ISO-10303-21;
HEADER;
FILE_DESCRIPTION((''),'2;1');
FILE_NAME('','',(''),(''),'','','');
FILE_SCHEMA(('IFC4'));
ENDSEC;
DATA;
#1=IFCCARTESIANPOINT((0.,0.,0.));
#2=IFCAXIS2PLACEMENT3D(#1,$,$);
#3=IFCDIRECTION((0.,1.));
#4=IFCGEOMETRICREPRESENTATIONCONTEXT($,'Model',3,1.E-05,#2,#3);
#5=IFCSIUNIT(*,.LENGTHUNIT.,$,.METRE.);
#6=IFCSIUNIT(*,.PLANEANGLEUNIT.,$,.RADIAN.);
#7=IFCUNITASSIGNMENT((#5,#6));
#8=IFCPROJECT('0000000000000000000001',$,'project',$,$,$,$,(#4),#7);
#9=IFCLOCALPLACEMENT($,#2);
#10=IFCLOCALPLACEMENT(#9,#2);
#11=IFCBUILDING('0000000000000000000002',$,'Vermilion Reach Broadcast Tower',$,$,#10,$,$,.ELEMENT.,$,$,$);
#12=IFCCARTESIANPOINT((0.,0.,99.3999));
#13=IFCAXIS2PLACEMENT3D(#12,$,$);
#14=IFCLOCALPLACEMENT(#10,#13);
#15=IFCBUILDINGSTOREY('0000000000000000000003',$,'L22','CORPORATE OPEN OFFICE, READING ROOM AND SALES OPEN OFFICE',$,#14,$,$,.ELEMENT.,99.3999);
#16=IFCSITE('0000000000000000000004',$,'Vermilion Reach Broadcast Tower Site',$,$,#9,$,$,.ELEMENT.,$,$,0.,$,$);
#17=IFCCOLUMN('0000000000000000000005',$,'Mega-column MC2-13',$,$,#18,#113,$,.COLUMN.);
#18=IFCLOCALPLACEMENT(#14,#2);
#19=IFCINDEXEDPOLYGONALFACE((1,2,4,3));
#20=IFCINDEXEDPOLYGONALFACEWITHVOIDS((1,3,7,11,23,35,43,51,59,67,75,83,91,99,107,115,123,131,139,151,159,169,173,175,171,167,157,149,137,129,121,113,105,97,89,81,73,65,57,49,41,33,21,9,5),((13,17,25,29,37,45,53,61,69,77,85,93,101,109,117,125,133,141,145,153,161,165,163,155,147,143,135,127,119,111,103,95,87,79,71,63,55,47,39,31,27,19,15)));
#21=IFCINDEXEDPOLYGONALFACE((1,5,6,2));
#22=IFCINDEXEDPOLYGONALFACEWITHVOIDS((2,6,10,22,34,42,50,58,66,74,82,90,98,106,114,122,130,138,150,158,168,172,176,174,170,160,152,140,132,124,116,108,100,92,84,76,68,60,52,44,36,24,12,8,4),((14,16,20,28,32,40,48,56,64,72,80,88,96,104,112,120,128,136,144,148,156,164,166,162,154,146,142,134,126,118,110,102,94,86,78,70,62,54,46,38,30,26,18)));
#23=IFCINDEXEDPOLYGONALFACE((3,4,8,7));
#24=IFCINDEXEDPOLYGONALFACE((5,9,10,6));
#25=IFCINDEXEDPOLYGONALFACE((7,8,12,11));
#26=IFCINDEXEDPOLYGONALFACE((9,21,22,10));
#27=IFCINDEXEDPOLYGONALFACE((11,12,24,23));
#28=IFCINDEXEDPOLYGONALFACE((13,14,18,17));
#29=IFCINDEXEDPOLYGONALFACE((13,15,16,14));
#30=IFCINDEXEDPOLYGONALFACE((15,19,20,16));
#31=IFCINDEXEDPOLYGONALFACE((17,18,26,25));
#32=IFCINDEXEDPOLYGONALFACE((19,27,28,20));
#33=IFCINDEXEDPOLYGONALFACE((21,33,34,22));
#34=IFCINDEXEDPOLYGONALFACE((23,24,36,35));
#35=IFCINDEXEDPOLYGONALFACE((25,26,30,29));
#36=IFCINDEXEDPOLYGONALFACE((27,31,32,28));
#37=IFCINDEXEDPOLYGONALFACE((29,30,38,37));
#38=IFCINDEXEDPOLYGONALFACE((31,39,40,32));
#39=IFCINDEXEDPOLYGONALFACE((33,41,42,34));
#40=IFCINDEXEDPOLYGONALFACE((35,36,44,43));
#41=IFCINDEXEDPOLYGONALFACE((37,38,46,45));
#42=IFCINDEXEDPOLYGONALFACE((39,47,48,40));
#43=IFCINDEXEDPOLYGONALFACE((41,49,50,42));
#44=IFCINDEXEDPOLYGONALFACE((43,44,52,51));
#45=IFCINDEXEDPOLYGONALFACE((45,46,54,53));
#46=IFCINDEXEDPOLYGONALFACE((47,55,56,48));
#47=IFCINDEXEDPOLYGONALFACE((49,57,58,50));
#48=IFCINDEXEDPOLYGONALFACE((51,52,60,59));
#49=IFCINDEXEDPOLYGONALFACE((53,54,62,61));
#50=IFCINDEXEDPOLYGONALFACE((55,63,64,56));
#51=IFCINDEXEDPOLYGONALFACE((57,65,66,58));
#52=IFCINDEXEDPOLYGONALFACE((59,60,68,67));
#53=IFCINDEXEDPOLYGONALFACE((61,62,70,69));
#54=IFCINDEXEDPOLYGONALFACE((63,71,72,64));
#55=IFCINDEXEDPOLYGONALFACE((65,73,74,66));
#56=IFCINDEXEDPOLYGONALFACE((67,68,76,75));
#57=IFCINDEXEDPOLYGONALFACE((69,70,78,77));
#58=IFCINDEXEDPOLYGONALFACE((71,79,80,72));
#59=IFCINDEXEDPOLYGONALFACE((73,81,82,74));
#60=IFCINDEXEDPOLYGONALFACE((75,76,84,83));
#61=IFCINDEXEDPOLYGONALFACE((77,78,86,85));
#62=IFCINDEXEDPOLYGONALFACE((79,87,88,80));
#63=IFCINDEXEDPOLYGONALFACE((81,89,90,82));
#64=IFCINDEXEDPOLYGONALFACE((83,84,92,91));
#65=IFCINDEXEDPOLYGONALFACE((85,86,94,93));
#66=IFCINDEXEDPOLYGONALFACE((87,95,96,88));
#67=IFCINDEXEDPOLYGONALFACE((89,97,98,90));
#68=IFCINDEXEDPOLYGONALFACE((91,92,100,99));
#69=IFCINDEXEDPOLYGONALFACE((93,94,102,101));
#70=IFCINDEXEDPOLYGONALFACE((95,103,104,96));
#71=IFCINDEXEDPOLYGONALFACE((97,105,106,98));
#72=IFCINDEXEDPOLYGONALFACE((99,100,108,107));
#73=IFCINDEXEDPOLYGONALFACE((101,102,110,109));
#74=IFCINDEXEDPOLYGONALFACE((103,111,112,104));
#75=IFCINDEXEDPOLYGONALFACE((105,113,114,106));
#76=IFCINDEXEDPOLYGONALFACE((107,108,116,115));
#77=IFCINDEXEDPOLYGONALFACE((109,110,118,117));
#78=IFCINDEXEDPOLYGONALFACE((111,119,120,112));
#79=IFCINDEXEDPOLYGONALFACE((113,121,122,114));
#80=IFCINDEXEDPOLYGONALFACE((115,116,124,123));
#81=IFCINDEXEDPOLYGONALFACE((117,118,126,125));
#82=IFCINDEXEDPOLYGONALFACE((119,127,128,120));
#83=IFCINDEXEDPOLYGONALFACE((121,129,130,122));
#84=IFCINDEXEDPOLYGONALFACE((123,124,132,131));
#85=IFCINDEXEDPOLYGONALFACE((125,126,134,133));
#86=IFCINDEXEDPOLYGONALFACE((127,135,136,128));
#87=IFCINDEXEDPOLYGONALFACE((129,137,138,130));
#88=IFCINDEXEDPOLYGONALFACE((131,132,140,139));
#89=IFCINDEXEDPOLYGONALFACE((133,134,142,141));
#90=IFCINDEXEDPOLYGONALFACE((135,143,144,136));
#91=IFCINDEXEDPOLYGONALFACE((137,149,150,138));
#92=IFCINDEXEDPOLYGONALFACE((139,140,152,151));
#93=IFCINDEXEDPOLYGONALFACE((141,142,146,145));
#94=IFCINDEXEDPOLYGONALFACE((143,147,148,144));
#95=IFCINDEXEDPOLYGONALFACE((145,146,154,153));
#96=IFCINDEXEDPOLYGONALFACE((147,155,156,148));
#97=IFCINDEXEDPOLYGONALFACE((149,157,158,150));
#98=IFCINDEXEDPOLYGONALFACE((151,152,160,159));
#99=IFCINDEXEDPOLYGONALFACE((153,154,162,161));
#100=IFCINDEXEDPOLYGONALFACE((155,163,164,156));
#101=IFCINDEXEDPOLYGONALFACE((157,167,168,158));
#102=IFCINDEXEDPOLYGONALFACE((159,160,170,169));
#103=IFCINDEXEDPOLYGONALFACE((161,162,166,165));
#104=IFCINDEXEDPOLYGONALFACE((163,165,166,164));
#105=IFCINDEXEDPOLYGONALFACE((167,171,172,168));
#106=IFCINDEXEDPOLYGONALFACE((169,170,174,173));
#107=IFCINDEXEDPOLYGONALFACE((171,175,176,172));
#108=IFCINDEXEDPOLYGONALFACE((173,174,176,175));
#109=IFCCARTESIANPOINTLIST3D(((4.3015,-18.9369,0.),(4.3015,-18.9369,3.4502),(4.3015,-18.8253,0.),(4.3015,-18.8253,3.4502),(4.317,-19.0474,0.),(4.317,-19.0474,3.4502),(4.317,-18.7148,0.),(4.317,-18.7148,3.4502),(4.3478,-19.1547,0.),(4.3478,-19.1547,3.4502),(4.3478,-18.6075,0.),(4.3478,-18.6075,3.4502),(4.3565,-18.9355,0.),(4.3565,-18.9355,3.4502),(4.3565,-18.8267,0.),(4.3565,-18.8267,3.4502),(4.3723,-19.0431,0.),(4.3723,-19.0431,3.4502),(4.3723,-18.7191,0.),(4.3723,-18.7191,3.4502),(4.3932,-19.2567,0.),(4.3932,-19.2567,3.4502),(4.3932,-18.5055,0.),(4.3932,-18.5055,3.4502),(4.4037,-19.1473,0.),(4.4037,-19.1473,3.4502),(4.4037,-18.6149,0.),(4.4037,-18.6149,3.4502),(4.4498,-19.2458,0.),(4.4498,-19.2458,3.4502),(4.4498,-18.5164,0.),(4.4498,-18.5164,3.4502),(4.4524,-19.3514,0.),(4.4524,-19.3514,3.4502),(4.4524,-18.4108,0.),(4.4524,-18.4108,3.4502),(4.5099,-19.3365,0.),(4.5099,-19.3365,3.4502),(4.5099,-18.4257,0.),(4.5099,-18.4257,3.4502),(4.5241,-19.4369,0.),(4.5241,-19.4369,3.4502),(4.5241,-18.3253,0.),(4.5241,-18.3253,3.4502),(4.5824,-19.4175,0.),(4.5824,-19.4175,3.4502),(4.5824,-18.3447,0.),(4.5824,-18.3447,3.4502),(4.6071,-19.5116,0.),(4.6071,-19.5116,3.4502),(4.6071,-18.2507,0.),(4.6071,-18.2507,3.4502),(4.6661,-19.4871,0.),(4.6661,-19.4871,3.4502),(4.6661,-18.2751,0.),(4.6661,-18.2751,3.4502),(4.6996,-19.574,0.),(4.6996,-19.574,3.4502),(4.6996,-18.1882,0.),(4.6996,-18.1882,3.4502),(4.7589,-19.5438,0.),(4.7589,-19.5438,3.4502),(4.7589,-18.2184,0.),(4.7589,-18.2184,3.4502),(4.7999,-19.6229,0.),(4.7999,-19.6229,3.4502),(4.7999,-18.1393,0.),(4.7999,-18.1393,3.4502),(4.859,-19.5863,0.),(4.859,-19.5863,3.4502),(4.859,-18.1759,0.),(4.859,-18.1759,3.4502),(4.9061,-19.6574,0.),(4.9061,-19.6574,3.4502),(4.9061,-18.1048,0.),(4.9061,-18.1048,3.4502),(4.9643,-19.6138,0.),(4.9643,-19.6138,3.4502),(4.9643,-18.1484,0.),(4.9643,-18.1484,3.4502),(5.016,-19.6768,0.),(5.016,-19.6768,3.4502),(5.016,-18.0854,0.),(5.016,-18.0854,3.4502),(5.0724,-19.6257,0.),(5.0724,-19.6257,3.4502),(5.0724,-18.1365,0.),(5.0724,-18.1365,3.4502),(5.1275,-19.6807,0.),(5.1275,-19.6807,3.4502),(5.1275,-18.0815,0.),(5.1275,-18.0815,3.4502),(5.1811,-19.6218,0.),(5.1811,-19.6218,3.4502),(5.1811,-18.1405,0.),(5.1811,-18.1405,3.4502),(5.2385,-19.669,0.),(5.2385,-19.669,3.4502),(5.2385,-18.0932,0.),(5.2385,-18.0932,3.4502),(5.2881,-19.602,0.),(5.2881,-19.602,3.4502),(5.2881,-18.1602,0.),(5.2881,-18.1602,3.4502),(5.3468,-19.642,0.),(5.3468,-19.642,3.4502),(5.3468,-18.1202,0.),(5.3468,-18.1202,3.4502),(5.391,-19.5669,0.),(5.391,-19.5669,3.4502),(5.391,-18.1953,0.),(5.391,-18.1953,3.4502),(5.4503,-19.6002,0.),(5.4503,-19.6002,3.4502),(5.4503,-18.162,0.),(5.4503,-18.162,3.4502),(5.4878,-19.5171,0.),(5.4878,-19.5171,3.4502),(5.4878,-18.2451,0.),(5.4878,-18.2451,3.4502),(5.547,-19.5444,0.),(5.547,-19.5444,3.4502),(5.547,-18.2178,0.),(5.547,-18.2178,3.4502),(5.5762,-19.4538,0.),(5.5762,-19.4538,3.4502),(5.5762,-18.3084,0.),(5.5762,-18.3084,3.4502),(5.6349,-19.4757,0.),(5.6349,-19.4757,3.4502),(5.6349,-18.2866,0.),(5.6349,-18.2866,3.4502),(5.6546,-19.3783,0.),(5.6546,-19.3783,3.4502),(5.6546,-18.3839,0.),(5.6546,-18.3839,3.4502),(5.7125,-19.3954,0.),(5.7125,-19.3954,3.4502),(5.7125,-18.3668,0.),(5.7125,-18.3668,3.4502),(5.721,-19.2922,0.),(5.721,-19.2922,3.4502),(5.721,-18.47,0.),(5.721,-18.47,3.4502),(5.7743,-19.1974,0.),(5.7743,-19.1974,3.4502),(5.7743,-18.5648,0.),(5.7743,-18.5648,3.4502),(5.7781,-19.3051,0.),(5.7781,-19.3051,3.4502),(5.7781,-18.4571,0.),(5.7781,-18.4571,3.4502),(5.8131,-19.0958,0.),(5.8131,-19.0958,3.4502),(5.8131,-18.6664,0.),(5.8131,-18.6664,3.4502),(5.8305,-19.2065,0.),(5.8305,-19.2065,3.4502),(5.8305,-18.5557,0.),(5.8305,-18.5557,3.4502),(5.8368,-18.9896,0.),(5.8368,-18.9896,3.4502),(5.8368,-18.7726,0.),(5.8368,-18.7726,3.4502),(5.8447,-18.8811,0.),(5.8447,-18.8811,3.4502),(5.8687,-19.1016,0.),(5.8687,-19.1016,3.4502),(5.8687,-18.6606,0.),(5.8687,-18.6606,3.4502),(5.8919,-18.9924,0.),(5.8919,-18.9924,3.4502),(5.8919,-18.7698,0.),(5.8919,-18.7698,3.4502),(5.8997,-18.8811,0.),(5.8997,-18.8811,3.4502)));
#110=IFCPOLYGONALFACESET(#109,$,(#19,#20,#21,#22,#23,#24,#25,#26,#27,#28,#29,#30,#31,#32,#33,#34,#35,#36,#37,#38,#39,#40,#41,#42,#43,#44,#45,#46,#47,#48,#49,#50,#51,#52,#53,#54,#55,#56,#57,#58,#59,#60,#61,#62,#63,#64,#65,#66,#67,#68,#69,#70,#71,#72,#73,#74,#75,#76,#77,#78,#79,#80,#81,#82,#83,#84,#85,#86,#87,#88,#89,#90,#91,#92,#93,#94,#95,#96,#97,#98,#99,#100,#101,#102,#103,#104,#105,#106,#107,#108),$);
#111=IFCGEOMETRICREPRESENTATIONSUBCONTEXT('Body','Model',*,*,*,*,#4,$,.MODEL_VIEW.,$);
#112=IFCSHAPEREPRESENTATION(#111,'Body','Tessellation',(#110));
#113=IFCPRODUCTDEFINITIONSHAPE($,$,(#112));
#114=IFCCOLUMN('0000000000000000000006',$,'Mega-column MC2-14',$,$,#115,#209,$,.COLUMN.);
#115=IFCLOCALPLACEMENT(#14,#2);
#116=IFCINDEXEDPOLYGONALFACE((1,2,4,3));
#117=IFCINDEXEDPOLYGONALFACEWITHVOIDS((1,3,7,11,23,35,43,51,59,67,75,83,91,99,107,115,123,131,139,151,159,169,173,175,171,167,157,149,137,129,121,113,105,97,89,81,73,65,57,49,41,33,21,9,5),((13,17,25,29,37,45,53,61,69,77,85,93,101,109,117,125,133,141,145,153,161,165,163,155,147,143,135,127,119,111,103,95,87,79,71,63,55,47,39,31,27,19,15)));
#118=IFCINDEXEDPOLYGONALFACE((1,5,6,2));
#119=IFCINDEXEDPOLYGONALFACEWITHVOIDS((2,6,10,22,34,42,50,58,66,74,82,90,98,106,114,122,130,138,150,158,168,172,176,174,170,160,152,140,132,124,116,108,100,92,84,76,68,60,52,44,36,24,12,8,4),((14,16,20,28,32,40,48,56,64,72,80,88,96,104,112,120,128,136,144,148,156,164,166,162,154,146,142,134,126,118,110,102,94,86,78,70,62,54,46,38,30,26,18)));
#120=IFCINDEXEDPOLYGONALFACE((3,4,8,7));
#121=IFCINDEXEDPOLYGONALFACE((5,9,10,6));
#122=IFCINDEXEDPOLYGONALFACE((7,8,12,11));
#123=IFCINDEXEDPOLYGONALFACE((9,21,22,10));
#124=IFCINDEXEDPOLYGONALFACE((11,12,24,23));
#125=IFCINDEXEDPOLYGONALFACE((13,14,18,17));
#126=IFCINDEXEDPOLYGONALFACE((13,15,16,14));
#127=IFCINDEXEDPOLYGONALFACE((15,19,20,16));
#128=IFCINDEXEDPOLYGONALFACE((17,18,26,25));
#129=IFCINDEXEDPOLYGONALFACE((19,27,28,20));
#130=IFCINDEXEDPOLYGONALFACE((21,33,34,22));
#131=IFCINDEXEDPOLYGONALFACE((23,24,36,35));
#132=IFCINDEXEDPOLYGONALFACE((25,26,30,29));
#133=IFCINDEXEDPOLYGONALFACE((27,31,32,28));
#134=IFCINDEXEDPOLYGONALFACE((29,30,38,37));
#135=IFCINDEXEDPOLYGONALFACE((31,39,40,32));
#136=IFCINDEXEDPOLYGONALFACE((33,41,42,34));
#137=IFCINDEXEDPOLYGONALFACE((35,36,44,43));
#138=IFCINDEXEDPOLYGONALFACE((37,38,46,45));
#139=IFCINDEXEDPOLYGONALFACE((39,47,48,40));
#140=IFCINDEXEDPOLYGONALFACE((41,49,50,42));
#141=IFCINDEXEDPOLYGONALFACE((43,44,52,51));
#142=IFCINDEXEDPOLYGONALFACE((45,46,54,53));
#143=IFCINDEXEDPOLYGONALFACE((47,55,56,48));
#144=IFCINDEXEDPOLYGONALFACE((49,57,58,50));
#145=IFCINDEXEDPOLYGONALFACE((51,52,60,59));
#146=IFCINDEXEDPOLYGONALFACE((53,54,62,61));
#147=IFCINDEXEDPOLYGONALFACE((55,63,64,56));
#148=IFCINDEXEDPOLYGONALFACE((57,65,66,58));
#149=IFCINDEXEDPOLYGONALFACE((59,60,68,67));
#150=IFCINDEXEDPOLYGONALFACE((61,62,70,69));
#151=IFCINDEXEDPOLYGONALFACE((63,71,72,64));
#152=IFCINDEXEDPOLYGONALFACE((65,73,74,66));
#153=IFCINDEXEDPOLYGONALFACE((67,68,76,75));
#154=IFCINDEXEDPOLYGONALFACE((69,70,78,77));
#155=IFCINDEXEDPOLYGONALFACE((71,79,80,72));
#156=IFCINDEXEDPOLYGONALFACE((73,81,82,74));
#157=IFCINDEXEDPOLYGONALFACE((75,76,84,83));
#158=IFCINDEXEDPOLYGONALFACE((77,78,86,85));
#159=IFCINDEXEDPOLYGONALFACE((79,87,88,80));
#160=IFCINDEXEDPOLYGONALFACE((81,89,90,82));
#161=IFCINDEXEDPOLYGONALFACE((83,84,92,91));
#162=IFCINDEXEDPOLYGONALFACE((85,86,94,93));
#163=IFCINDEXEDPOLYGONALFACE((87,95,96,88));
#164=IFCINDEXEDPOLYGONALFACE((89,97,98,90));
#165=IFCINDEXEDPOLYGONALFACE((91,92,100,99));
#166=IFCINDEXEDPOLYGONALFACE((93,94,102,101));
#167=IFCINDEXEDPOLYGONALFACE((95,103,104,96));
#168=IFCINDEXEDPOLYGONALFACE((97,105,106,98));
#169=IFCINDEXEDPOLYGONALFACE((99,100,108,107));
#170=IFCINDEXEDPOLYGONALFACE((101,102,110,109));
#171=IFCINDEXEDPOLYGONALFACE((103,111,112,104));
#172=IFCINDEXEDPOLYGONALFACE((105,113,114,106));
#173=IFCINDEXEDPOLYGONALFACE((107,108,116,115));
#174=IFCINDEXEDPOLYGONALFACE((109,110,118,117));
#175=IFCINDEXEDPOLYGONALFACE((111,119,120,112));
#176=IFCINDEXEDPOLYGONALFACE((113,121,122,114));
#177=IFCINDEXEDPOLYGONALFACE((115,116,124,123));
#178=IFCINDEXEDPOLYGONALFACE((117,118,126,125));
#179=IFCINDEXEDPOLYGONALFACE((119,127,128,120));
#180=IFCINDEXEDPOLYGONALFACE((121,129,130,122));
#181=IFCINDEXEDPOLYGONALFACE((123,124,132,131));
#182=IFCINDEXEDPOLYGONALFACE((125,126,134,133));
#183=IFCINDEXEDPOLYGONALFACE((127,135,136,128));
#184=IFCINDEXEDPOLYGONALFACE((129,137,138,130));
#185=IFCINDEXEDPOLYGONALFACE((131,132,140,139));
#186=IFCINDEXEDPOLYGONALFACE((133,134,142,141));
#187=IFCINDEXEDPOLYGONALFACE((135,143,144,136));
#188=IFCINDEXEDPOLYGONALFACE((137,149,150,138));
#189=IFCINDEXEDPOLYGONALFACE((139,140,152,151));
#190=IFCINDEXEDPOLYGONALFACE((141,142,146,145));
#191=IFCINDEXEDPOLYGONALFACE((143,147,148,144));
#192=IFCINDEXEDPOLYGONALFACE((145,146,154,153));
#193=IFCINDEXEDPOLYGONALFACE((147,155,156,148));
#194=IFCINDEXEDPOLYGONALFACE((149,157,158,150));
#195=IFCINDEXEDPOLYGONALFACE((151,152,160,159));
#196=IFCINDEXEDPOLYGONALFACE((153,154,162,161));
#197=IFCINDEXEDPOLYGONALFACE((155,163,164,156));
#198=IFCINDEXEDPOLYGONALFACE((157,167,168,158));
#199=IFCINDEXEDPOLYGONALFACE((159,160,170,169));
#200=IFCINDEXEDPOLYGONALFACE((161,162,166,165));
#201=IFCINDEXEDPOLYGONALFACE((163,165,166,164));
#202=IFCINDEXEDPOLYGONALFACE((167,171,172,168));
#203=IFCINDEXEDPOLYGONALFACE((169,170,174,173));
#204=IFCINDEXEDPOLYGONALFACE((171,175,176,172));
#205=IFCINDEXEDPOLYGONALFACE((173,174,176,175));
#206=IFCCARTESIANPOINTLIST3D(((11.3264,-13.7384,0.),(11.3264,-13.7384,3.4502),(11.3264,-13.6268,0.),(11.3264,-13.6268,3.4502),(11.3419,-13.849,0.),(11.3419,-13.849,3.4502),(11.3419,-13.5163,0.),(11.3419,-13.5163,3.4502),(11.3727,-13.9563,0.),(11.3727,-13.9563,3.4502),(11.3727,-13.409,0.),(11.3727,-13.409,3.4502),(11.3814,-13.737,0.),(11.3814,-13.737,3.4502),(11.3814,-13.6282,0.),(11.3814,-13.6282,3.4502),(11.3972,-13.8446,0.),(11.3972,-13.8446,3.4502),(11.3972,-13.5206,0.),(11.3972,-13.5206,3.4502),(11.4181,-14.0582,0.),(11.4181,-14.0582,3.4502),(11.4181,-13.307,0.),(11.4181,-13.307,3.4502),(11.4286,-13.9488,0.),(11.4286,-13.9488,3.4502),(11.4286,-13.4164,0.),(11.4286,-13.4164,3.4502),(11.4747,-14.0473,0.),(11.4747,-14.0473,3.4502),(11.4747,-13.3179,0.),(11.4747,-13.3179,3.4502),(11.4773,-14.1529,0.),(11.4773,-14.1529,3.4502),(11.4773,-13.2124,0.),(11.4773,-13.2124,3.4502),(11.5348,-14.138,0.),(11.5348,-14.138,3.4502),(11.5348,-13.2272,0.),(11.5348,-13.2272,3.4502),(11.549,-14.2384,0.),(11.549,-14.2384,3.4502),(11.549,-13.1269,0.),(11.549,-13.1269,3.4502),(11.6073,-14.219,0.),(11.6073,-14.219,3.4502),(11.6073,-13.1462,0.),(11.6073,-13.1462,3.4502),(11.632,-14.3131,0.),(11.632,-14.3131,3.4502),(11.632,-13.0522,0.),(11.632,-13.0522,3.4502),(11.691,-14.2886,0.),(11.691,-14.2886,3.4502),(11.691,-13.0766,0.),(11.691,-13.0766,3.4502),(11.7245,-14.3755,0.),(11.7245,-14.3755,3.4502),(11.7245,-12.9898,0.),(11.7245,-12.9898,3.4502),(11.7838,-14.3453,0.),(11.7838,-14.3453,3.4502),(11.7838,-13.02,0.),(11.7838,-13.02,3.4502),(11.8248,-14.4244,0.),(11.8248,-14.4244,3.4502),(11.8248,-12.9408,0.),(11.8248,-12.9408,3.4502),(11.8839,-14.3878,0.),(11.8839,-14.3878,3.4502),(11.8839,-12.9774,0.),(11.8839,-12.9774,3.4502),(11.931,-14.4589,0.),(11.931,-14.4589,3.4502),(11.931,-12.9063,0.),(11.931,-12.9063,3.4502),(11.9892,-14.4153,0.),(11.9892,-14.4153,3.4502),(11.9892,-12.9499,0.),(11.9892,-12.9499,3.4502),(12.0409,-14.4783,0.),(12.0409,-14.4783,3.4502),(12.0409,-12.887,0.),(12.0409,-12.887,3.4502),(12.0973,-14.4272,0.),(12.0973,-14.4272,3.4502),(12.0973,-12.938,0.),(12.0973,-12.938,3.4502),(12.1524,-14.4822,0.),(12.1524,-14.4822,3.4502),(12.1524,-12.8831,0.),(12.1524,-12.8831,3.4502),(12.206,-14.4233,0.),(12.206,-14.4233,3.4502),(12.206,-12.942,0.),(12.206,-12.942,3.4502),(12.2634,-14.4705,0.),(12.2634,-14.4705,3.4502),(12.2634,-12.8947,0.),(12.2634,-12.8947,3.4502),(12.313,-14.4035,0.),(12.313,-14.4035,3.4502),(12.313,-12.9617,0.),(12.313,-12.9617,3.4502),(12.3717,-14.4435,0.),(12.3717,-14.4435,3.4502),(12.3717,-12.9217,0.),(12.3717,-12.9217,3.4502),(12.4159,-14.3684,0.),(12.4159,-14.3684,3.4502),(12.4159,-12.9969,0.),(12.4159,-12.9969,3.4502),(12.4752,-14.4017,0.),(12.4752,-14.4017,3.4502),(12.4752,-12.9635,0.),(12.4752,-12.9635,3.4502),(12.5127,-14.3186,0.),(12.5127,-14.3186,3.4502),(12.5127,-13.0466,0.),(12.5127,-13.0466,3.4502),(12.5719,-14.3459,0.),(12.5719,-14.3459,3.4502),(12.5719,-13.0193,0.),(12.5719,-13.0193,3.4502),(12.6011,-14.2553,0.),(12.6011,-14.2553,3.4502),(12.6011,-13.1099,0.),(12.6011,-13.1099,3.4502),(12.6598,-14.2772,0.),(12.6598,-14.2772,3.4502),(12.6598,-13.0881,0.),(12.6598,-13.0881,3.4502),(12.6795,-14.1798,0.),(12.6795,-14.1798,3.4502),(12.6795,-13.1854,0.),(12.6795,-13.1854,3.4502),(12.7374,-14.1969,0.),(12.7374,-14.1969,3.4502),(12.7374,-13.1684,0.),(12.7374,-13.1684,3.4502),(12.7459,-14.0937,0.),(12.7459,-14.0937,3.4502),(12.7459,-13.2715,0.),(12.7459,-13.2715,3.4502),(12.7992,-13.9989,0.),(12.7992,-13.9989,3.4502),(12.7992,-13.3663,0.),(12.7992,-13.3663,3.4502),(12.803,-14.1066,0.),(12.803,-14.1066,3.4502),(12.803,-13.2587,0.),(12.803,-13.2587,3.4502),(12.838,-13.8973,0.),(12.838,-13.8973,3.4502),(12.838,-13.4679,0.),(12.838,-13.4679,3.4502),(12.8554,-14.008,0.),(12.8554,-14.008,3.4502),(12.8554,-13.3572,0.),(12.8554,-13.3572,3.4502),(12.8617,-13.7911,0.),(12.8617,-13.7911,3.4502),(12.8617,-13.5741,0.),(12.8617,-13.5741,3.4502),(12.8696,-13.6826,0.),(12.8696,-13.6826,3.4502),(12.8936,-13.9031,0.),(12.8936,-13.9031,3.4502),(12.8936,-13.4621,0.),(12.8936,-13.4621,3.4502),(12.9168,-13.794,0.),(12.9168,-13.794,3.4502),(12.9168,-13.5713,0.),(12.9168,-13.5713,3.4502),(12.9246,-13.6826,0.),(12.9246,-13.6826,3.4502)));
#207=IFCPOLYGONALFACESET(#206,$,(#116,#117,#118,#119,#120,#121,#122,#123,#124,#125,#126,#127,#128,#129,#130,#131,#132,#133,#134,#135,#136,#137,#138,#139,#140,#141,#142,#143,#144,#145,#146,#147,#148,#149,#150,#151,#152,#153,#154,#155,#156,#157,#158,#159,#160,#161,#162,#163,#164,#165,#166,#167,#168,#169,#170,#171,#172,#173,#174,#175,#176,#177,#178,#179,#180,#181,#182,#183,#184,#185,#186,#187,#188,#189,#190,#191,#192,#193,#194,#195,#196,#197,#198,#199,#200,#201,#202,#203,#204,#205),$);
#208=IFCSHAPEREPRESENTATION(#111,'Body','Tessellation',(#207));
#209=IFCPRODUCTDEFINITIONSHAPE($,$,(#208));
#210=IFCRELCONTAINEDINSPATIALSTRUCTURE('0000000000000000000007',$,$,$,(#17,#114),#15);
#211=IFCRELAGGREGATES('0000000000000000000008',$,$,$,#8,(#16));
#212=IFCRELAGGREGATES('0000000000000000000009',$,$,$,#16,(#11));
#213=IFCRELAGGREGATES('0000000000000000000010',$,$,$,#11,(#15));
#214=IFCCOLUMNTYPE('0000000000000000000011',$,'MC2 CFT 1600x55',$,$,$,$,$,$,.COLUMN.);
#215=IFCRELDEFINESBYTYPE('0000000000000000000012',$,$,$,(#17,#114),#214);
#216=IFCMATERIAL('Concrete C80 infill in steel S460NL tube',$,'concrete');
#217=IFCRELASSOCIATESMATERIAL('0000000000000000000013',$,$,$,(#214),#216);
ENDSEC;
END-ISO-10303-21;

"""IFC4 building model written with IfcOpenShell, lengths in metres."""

from ifc_helpers import new_model, si_unit, direction, frame, origin, origin_2d, place, context, subcontext, project, spatial, hollow_circle, extrude, material, material_profile, profile_set, type_object, element, save


model = new_model("IFC4")

# Units and contexts
model_context = context("Model", 3, precision=1e-05, world=origin(), true_north=direction((0.0, 1.0)))
body_context = subcontext(model_context, "Body", "Model", "MODEL_VIEW")
ifc_project = project(units=[si_unit("LENGTHUNIT", "METRE"), si_unit("PLANEANGLEUNIT", "RADIAN")], contexts=[model_context])

# Site, building, storey
site_placement = place(None, origin())
site = spatial("IfcSite", under=ifc_project, at=site_placement, Name="Vermilion Reach Broadcast Tower Site", CompositionType="ELEMENT", RefElevation=0.0)
building_placement = place(site_placement, origin())
building = spatial("IfcBuilding", under=site, at=building_placement, Name="Vermilion Reach Broadcast Tower", CompositionType="ELEMENT")
storey_placement = place(building_placement, frame((0.0, 0.0, 99.3999)))
storey = spatial("IfcBuildingStorey", under=building, at=storey_placement, Name="L22", Description="CORPORATE OPEN OFFICE, READING ROOM AND SALES OPEN OFFICE", CompositionType="ELEMENT", Elevation=99.3999)

# Columns
ifc_material_1 = material(Name="Concrete C80 infill in steel S460NL tube", Category="concrete")
ifc_material_profile_1 = material_profile(ifc_material_1, hollow_circle(Radius=0.8, WallThickness=0.0549, at=origin_2d()), Name="Concrete C80 infill in steel S460NL tube CFT 1600x55")
ifc_profile_set_1 = profile_set([ifc_material_profile_1], Name="Concrete C80 infill in steel S460NL tube")
column_type = type_object("IfcColumnType", Name="MC2 CFT 1600x55", PredefinedType="COLUMN", material=ifc_profile_set_1)
for number, where, z_axis, x_axis, name in (
    (1, (5.0996, -18.8811, 0.0), (0.0, 0.0, 1.0), (1.0, 0.0, 0.0), "Mega-column MC2-13"),
    (2, (12.1245, -13.6826, 0.0), (0.0, 0.0, 1.0), (1.0, 0.0, 0.0), "Mega-column MC2-14"),
):
    element("IfcColumn", number, at=place(storey_placement, frame(where, z_axis=z_axis, x_axis=x_axis)), inside=storey, type_object=column_type, Name=name, PredefinedType="COLUMN", context=body_context, shape_type="SweptSolid", body=[
        extrude(hollow_circle(Radius=0.8, WallThickness=0.0549, at=origin_2d()), origin(), (0.0, 0.0, 1.0), 3.4502),
    ])

save(model, "model.ifc")
